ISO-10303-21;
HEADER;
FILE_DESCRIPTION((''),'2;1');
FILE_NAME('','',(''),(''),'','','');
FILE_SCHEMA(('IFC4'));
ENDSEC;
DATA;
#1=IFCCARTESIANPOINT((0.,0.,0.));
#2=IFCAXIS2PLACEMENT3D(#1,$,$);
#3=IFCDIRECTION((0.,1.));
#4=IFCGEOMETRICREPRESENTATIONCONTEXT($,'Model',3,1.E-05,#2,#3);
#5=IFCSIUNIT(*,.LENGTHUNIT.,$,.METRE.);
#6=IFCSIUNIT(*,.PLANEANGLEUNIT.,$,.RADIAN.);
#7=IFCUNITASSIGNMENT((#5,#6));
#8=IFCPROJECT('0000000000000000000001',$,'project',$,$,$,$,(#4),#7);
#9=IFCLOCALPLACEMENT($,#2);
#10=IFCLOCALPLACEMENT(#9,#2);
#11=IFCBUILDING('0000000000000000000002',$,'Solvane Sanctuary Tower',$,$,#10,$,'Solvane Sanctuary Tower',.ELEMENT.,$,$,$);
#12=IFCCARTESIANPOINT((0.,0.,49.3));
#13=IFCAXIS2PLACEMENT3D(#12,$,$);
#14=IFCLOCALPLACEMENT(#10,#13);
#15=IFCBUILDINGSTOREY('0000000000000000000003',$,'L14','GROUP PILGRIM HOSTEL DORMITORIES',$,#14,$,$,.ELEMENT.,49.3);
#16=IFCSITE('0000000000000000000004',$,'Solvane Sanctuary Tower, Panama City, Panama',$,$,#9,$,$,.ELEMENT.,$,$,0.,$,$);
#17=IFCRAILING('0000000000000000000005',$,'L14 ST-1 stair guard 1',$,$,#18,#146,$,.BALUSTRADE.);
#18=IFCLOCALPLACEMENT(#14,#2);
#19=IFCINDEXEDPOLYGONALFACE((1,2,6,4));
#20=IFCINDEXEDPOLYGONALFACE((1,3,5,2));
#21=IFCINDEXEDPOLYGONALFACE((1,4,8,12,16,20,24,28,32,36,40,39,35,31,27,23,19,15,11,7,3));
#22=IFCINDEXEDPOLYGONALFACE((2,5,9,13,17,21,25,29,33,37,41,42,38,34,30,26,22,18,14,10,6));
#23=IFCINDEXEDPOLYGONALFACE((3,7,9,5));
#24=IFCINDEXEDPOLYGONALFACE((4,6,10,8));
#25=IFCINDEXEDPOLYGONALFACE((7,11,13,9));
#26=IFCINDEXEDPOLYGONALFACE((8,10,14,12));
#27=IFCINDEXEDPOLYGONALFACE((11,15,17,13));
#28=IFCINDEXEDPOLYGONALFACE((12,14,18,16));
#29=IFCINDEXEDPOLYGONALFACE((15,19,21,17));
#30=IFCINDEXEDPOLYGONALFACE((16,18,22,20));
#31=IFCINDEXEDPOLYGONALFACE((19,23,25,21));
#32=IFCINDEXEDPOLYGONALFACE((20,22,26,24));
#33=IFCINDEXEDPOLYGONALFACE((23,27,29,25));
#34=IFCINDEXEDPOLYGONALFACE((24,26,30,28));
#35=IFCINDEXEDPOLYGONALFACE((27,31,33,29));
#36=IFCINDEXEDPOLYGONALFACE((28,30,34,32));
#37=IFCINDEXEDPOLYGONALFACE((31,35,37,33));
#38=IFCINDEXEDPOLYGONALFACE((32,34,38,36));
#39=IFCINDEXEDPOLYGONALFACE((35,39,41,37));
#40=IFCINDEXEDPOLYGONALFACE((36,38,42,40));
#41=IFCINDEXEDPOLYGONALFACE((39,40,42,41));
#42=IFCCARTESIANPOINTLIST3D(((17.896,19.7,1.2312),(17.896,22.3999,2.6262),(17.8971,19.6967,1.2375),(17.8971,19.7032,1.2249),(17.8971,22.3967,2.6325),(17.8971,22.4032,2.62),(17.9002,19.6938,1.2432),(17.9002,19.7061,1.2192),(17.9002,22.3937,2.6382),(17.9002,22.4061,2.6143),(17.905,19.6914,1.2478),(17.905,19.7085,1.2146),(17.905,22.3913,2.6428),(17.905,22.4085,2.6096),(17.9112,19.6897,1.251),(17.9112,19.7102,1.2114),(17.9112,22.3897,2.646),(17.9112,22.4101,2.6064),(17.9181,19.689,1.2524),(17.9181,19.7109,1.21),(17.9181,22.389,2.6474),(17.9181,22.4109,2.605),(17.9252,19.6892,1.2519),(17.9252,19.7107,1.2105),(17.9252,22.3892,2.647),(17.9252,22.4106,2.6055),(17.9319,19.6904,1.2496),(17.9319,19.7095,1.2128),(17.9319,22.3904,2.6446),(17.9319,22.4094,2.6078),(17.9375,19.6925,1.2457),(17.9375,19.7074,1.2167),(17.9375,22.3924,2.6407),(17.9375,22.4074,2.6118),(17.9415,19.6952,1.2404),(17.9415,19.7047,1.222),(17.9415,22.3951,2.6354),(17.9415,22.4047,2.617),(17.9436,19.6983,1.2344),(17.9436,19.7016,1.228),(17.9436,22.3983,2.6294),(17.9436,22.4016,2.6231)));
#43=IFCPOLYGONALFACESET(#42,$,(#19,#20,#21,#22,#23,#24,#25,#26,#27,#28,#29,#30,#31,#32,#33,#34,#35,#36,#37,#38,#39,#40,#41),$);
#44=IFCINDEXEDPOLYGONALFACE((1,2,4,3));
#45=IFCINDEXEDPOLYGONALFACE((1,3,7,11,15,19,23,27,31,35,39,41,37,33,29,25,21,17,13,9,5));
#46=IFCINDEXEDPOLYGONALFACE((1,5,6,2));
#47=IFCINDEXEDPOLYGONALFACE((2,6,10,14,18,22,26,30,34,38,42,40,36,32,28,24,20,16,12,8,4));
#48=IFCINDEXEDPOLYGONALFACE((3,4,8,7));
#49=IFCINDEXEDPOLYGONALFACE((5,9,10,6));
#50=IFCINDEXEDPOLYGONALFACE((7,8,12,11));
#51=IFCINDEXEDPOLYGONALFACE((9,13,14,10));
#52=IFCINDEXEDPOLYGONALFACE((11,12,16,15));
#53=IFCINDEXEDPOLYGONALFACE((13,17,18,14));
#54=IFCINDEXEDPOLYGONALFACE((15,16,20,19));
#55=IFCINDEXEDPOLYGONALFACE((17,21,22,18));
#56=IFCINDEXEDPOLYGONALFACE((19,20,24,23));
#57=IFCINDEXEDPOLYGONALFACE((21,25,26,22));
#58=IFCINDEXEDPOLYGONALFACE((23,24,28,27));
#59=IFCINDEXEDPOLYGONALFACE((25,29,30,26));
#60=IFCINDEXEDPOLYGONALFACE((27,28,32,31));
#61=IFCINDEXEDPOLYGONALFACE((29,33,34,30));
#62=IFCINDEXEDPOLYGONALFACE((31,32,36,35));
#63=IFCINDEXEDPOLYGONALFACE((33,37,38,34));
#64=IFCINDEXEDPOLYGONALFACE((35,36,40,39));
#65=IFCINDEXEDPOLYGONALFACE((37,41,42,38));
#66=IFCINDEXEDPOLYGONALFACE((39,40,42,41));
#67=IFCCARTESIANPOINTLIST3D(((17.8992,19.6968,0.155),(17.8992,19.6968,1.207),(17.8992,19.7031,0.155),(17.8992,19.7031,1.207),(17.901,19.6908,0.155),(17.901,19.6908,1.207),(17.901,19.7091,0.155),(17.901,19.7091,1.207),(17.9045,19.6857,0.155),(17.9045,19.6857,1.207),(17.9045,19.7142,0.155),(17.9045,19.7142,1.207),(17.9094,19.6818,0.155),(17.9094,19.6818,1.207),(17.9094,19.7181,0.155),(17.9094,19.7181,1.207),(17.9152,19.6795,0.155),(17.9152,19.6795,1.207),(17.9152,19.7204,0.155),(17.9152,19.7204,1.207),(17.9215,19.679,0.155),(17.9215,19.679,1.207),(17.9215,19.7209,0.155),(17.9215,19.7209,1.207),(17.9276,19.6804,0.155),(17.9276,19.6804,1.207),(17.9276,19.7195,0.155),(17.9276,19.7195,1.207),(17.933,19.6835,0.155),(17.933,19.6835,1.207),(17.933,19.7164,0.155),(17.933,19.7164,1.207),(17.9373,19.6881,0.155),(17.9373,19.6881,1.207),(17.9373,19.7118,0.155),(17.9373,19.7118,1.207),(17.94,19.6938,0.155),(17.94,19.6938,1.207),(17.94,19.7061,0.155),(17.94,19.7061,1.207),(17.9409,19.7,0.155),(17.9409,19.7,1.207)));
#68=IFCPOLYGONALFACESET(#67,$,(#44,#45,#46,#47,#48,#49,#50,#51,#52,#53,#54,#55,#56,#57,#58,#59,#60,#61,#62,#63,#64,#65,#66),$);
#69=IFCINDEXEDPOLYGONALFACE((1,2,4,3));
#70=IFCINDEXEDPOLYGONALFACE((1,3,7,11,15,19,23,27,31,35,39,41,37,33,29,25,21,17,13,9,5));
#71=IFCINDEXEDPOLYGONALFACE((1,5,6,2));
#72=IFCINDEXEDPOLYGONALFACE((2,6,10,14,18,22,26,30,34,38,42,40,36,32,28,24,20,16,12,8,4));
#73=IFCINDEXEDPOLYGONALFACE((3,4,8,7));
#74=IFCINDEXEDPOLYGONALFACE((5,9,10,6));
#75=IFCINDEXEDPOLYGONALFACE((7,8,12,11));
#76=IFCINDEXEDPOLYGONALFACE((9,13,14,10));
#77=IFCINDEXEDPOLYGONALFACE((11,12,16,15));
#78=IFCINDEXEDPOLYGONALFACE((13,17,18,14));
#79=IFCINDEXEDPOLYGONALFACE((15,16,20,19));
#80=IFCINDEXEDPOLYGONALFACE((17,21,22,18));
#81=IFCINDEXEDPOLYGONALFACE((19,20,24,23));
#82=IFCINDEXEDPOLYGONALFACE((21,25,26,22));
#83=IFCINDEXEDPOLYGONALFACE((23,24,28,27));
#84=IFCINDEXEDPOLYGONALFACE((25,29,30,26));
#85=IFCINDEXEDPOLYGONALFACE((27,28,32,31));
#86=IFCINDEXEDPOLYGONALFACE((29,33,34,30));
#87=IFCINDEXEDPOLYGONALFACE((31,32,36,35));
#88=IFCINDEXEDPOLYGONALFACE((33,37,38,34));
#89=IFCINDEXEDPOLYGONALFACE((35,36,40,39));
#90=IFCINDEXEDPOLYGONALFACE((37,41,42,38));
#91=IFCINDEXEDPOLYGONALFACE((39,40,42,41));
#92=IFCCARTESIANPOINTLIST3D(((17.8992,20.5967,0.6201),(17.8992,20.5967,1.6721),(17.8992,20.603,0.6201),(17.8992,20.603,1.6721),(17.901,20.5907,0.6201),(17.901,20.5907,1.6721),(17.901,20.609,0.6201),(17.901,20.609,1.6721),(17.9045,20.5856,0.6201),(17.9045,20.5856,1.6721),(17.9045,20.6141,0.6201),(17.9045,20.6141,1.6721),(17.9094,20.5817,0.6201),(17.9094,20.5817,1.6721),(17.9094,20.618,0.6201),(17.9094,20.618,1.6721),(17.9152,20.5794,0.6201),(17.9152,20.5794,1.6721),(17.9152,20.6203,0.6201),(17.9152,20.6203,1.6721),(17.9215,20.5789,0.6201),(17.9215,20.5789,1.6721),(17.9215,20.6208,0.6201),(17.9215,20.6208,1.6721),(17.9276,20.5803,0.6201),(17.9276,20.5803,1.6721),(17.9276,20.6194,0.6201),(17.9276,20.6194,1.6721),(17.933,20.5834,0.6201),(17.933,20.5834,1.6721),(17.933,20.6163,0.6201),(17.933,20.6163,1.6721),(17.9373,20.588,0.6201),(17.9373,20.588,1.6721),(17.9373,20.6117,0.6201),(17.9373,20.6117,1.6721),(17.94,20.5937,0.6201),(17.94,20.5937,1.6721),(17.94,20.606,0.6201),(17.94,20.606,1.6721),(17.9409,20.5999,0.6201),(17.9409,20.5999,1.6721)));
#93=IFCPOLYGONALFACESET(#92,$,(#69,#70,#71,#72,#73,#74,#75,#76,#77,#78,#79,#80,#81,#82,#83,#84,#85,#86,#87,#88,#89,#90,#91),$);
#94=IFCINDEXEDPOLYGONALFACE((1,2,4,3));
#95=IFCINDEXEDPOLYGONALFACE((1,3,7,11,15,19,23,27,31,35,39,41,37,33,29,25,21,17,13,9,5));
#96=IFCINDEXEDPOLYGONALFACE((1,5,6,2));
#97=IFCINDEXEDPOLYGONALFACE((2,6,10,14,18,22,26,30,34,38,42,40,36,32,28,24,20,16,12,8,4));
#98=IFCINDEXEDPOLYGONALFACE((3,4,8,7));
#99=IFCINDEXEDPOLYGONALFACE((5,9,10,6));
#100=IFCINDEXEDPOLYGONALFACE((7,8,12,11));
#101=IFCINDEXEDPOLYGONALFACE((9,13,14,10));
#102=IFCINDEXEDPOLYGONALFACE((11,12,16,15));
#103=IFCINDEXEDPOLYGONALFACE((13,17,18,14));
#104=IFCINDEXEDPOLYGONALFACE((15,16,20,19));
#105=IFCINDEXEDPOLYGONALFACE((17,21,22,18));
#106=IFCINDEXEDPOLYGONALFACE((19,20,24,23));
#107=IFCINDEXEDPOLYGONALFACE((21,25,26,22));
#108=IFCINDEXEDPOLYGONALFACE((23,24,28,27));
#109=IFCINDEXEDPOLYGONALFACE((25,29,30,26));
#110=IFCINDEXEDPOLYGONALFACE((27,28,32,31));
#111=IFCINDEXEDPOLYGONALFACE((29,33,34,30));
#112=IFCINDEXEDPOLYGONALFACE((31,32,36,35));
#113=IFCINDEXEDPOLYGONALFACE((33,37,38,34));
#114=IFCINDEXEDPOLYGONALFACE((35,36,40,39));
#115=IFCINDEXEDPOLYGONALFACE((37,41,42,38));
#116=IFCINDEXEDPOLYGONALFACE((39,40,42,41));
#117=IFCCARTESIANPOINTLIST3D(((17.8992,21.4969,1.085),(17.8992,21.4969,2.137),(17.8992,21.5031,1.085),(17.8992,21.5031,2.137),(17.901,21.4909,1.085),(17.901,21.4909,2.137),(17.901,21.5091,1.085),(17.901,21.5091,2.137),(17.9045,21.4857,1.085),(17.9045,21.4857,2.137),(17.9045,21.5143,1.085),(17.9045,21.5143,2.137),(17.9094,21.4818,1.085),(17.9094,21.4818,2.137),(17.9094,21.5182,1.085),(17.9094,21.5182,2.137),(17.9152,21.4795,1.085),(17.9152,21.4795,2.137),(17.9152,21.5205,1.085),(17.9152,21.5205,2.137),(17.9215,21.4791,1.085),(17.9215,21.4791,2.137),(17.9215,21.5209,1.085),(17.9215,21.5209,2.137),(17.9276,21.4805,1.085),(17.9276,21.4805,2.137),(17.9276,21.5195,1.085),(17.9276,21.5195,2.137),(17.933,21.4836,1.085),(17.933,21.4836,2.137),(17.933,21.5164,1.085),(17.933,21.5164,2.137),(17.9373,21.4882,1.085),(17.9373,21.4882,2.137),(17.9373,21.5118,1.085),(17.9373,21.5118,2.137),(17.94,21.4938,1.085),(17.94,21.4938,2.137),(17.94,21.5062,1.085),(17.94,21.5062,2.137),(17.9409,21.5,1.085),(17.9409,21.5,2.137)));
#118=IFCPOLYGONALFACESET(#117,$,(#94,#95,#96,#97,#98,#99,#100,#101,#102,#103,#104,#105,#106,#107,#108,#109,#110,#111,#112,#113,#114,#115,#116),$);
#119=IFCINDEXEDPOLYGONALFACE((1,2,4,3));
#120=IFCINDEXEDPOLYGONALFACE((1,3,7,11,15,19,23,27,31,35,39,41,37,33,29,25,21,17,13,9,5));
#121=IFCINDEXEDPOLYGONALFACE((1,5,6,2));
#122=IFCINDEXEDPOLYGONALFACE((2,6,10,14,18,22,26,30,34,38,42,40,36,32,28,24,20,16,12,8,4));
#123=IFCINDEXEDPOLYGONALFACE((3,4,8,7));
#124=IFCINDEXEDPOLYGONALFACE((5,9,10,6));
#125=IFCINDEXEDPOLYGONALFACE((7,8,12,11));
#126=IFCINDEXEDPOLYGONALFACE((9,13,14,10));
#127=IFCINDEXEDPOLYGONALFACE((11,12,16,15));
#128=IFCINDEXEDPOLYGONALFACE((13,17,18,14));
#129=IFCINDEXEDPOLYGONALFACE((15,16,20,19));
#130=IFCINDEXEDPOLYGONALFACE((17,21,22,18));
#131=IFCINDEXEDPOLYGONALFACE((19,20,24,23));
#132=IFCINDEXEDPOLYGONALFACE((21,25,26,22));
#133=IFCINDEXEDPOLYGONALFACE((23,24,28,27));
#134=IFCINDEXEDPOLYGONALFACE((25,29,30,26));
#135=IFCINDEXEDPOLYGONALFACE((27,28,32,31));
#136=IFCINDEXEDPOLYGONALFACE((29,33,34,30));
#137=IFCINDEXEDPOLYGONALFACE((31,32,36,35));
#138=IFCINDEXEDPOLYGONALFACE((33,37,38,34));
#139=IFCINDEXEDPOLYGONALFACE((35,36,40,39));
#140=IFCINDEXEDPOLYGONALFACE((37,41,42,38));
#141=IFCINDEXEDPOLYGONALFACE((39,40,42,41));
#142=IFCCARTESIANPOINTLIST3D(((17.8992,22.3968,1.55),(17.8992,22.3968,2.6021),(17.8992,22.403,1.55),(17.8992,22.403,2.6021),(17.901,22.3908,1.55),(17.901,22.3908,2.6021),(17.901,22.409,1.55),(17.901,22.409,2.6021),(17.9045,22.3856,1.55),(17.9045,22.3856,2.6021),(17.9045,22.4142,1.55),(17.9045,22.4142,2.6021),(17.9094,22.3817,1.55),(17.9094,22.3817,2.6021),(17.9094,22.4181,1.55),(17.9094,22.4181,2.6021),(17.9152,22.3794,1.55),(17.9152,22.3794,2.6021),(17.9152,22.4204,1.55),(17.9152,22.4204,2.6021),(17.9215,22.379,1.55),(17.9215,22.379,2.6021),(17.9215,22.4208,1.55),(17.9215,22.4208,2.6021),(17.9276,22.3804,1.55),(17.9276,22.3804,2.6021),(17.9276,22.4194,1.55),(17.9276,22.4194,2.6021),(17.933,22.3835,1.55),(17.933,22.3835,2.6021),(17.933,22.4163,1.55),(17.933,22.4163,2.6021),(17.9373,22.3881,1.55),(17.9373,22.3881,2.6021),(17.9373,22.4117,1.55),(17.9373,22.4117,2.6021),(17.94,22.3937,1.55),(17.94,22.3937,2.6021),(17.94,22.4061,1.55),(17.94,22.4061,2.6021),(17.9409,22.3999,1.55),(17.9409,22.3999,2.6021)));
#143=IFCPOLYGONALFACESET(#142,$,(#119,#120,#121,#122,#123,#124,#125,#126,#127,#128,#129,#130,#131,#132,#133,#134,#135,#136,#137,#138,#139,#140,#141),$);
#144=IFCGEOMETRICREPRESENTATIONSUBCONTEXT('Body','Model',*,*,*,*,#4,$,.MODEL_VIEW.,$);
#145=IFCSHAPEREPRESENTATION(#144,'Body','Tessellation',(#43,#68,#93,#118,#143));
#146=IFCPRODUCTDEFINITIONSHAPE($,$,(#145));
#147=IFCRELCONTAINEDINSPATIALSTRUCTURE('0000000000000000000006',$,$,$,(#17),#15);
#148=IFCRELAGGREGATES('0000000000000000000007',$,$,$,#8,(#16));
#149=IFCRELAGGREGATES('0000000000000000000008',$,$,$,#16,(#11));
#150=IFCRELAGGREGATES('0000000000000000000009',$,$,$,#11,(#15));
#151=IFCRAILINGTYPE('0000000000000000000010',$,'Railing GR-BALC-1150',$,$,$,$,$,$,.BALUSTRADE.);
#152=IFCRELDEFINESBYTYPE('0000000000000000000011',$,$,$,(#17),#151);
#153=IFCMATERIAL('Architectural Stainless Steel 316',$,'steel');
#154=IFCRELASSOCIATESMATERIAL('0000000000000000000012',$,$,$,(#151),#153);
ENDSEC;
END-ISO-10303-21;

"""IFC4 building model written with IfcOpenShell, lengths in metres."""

from ifc_helpers import new_model, si_unit, direction, frame, origin, origin_2d, place, context, subcontext, project, spatial, circle, extrude, material, type_object, element, save


model = new_model("IFC4")

# Units and contexts
model_context = context("Model", 3, precision=1e-05, world=origin(), true_north=direction((0.0, 1.0)))
body_context = subcontext(model_context, "Body", "Model", "MODEL_VIEW")
ifc_project = project(units=[si_unit("LENGTHUNIT", "METRE"), si_unit("PLANEANGLEUNIT", "RADIAN")], contexts=[model_context])

# Site, building, storey
site_placement = place(None, origin())
site = spatial("IfcSite", under=ifc_project, at=site_placement, Name="Solvane Sanctuary Tower, Panama City, Panama", CompositionType="ELEMENT", RefElevation=0.0)
building_placement = place(site_placement, origin())
building = spatial("IfcBuilding", under=site, at=building_placement, Name="Solvane Sanctuary Tower", LongName="Solvane Sanctuary Tower", CompositionType="ELEMENT")
storey_placement = place(building_placement, frame((0.0, 0.0, 49.3)))
storey = spatial("IfcBuildingStorey", under=building, at=storey_placement, Name="L14", Description="GROUP PILGRIM HOSTEL DORMITORIES", CompositionType="ELEMENT", Elevation=49.3)

# Shared definitions
ifc_material_1 = material(Name="Architectural Stainless Steel 316", Category="steel")

# Railing
railing_type = type_object("IfcRailingType", Name="Railing GR-BALC-1150", PredefinedType="BALUSTRADE", material=ifc_material_1)
railing_1_placement = place(storey_placement, frame((17.9199, 19.7, 0.155)))
element("IfcRailing", 1, at=railing_1_placement, inside=storey, type_object=railing_type, Name="L14 ST-1 stair guard 1", PredefinedType="BALUSTRADE", context=body_context, shape_type="SweptSolid", body=[
    extrude(circle(Radius=0.0239, at=origin_2d()), frame((0.0, 0.0, 1.0762), z_axis=(0.0, 0.88842, 0.459032), x_axis=(-1.0, 0.0, 0.0)), (0.0, 0.0, 1.0), 3.0391),
    extrude(circle(Radius=0.021, at=origin_2d()), origin(), (0.0, 0.0, 1.0), 1.052),
    extrude(circle(Radius=0.021, at=origin_2d()), frame((0.0, 0.8999, 0.4651)), (0.0, 0.0, 1.0), 1.052),
    extrude(circle(Radius=0.021, at=origin_2d()), frame((0.0, 1.8, 0.9299)), (0.0, 0.0, 1.0), 1.052),
    extrude(circle(Radius=0.021, at=origin_2d()), frame((0.0, 2.7, 1.395)), (0.0, 0.0, 1.0), 1.052),
])

save(model, "model.ifc")
